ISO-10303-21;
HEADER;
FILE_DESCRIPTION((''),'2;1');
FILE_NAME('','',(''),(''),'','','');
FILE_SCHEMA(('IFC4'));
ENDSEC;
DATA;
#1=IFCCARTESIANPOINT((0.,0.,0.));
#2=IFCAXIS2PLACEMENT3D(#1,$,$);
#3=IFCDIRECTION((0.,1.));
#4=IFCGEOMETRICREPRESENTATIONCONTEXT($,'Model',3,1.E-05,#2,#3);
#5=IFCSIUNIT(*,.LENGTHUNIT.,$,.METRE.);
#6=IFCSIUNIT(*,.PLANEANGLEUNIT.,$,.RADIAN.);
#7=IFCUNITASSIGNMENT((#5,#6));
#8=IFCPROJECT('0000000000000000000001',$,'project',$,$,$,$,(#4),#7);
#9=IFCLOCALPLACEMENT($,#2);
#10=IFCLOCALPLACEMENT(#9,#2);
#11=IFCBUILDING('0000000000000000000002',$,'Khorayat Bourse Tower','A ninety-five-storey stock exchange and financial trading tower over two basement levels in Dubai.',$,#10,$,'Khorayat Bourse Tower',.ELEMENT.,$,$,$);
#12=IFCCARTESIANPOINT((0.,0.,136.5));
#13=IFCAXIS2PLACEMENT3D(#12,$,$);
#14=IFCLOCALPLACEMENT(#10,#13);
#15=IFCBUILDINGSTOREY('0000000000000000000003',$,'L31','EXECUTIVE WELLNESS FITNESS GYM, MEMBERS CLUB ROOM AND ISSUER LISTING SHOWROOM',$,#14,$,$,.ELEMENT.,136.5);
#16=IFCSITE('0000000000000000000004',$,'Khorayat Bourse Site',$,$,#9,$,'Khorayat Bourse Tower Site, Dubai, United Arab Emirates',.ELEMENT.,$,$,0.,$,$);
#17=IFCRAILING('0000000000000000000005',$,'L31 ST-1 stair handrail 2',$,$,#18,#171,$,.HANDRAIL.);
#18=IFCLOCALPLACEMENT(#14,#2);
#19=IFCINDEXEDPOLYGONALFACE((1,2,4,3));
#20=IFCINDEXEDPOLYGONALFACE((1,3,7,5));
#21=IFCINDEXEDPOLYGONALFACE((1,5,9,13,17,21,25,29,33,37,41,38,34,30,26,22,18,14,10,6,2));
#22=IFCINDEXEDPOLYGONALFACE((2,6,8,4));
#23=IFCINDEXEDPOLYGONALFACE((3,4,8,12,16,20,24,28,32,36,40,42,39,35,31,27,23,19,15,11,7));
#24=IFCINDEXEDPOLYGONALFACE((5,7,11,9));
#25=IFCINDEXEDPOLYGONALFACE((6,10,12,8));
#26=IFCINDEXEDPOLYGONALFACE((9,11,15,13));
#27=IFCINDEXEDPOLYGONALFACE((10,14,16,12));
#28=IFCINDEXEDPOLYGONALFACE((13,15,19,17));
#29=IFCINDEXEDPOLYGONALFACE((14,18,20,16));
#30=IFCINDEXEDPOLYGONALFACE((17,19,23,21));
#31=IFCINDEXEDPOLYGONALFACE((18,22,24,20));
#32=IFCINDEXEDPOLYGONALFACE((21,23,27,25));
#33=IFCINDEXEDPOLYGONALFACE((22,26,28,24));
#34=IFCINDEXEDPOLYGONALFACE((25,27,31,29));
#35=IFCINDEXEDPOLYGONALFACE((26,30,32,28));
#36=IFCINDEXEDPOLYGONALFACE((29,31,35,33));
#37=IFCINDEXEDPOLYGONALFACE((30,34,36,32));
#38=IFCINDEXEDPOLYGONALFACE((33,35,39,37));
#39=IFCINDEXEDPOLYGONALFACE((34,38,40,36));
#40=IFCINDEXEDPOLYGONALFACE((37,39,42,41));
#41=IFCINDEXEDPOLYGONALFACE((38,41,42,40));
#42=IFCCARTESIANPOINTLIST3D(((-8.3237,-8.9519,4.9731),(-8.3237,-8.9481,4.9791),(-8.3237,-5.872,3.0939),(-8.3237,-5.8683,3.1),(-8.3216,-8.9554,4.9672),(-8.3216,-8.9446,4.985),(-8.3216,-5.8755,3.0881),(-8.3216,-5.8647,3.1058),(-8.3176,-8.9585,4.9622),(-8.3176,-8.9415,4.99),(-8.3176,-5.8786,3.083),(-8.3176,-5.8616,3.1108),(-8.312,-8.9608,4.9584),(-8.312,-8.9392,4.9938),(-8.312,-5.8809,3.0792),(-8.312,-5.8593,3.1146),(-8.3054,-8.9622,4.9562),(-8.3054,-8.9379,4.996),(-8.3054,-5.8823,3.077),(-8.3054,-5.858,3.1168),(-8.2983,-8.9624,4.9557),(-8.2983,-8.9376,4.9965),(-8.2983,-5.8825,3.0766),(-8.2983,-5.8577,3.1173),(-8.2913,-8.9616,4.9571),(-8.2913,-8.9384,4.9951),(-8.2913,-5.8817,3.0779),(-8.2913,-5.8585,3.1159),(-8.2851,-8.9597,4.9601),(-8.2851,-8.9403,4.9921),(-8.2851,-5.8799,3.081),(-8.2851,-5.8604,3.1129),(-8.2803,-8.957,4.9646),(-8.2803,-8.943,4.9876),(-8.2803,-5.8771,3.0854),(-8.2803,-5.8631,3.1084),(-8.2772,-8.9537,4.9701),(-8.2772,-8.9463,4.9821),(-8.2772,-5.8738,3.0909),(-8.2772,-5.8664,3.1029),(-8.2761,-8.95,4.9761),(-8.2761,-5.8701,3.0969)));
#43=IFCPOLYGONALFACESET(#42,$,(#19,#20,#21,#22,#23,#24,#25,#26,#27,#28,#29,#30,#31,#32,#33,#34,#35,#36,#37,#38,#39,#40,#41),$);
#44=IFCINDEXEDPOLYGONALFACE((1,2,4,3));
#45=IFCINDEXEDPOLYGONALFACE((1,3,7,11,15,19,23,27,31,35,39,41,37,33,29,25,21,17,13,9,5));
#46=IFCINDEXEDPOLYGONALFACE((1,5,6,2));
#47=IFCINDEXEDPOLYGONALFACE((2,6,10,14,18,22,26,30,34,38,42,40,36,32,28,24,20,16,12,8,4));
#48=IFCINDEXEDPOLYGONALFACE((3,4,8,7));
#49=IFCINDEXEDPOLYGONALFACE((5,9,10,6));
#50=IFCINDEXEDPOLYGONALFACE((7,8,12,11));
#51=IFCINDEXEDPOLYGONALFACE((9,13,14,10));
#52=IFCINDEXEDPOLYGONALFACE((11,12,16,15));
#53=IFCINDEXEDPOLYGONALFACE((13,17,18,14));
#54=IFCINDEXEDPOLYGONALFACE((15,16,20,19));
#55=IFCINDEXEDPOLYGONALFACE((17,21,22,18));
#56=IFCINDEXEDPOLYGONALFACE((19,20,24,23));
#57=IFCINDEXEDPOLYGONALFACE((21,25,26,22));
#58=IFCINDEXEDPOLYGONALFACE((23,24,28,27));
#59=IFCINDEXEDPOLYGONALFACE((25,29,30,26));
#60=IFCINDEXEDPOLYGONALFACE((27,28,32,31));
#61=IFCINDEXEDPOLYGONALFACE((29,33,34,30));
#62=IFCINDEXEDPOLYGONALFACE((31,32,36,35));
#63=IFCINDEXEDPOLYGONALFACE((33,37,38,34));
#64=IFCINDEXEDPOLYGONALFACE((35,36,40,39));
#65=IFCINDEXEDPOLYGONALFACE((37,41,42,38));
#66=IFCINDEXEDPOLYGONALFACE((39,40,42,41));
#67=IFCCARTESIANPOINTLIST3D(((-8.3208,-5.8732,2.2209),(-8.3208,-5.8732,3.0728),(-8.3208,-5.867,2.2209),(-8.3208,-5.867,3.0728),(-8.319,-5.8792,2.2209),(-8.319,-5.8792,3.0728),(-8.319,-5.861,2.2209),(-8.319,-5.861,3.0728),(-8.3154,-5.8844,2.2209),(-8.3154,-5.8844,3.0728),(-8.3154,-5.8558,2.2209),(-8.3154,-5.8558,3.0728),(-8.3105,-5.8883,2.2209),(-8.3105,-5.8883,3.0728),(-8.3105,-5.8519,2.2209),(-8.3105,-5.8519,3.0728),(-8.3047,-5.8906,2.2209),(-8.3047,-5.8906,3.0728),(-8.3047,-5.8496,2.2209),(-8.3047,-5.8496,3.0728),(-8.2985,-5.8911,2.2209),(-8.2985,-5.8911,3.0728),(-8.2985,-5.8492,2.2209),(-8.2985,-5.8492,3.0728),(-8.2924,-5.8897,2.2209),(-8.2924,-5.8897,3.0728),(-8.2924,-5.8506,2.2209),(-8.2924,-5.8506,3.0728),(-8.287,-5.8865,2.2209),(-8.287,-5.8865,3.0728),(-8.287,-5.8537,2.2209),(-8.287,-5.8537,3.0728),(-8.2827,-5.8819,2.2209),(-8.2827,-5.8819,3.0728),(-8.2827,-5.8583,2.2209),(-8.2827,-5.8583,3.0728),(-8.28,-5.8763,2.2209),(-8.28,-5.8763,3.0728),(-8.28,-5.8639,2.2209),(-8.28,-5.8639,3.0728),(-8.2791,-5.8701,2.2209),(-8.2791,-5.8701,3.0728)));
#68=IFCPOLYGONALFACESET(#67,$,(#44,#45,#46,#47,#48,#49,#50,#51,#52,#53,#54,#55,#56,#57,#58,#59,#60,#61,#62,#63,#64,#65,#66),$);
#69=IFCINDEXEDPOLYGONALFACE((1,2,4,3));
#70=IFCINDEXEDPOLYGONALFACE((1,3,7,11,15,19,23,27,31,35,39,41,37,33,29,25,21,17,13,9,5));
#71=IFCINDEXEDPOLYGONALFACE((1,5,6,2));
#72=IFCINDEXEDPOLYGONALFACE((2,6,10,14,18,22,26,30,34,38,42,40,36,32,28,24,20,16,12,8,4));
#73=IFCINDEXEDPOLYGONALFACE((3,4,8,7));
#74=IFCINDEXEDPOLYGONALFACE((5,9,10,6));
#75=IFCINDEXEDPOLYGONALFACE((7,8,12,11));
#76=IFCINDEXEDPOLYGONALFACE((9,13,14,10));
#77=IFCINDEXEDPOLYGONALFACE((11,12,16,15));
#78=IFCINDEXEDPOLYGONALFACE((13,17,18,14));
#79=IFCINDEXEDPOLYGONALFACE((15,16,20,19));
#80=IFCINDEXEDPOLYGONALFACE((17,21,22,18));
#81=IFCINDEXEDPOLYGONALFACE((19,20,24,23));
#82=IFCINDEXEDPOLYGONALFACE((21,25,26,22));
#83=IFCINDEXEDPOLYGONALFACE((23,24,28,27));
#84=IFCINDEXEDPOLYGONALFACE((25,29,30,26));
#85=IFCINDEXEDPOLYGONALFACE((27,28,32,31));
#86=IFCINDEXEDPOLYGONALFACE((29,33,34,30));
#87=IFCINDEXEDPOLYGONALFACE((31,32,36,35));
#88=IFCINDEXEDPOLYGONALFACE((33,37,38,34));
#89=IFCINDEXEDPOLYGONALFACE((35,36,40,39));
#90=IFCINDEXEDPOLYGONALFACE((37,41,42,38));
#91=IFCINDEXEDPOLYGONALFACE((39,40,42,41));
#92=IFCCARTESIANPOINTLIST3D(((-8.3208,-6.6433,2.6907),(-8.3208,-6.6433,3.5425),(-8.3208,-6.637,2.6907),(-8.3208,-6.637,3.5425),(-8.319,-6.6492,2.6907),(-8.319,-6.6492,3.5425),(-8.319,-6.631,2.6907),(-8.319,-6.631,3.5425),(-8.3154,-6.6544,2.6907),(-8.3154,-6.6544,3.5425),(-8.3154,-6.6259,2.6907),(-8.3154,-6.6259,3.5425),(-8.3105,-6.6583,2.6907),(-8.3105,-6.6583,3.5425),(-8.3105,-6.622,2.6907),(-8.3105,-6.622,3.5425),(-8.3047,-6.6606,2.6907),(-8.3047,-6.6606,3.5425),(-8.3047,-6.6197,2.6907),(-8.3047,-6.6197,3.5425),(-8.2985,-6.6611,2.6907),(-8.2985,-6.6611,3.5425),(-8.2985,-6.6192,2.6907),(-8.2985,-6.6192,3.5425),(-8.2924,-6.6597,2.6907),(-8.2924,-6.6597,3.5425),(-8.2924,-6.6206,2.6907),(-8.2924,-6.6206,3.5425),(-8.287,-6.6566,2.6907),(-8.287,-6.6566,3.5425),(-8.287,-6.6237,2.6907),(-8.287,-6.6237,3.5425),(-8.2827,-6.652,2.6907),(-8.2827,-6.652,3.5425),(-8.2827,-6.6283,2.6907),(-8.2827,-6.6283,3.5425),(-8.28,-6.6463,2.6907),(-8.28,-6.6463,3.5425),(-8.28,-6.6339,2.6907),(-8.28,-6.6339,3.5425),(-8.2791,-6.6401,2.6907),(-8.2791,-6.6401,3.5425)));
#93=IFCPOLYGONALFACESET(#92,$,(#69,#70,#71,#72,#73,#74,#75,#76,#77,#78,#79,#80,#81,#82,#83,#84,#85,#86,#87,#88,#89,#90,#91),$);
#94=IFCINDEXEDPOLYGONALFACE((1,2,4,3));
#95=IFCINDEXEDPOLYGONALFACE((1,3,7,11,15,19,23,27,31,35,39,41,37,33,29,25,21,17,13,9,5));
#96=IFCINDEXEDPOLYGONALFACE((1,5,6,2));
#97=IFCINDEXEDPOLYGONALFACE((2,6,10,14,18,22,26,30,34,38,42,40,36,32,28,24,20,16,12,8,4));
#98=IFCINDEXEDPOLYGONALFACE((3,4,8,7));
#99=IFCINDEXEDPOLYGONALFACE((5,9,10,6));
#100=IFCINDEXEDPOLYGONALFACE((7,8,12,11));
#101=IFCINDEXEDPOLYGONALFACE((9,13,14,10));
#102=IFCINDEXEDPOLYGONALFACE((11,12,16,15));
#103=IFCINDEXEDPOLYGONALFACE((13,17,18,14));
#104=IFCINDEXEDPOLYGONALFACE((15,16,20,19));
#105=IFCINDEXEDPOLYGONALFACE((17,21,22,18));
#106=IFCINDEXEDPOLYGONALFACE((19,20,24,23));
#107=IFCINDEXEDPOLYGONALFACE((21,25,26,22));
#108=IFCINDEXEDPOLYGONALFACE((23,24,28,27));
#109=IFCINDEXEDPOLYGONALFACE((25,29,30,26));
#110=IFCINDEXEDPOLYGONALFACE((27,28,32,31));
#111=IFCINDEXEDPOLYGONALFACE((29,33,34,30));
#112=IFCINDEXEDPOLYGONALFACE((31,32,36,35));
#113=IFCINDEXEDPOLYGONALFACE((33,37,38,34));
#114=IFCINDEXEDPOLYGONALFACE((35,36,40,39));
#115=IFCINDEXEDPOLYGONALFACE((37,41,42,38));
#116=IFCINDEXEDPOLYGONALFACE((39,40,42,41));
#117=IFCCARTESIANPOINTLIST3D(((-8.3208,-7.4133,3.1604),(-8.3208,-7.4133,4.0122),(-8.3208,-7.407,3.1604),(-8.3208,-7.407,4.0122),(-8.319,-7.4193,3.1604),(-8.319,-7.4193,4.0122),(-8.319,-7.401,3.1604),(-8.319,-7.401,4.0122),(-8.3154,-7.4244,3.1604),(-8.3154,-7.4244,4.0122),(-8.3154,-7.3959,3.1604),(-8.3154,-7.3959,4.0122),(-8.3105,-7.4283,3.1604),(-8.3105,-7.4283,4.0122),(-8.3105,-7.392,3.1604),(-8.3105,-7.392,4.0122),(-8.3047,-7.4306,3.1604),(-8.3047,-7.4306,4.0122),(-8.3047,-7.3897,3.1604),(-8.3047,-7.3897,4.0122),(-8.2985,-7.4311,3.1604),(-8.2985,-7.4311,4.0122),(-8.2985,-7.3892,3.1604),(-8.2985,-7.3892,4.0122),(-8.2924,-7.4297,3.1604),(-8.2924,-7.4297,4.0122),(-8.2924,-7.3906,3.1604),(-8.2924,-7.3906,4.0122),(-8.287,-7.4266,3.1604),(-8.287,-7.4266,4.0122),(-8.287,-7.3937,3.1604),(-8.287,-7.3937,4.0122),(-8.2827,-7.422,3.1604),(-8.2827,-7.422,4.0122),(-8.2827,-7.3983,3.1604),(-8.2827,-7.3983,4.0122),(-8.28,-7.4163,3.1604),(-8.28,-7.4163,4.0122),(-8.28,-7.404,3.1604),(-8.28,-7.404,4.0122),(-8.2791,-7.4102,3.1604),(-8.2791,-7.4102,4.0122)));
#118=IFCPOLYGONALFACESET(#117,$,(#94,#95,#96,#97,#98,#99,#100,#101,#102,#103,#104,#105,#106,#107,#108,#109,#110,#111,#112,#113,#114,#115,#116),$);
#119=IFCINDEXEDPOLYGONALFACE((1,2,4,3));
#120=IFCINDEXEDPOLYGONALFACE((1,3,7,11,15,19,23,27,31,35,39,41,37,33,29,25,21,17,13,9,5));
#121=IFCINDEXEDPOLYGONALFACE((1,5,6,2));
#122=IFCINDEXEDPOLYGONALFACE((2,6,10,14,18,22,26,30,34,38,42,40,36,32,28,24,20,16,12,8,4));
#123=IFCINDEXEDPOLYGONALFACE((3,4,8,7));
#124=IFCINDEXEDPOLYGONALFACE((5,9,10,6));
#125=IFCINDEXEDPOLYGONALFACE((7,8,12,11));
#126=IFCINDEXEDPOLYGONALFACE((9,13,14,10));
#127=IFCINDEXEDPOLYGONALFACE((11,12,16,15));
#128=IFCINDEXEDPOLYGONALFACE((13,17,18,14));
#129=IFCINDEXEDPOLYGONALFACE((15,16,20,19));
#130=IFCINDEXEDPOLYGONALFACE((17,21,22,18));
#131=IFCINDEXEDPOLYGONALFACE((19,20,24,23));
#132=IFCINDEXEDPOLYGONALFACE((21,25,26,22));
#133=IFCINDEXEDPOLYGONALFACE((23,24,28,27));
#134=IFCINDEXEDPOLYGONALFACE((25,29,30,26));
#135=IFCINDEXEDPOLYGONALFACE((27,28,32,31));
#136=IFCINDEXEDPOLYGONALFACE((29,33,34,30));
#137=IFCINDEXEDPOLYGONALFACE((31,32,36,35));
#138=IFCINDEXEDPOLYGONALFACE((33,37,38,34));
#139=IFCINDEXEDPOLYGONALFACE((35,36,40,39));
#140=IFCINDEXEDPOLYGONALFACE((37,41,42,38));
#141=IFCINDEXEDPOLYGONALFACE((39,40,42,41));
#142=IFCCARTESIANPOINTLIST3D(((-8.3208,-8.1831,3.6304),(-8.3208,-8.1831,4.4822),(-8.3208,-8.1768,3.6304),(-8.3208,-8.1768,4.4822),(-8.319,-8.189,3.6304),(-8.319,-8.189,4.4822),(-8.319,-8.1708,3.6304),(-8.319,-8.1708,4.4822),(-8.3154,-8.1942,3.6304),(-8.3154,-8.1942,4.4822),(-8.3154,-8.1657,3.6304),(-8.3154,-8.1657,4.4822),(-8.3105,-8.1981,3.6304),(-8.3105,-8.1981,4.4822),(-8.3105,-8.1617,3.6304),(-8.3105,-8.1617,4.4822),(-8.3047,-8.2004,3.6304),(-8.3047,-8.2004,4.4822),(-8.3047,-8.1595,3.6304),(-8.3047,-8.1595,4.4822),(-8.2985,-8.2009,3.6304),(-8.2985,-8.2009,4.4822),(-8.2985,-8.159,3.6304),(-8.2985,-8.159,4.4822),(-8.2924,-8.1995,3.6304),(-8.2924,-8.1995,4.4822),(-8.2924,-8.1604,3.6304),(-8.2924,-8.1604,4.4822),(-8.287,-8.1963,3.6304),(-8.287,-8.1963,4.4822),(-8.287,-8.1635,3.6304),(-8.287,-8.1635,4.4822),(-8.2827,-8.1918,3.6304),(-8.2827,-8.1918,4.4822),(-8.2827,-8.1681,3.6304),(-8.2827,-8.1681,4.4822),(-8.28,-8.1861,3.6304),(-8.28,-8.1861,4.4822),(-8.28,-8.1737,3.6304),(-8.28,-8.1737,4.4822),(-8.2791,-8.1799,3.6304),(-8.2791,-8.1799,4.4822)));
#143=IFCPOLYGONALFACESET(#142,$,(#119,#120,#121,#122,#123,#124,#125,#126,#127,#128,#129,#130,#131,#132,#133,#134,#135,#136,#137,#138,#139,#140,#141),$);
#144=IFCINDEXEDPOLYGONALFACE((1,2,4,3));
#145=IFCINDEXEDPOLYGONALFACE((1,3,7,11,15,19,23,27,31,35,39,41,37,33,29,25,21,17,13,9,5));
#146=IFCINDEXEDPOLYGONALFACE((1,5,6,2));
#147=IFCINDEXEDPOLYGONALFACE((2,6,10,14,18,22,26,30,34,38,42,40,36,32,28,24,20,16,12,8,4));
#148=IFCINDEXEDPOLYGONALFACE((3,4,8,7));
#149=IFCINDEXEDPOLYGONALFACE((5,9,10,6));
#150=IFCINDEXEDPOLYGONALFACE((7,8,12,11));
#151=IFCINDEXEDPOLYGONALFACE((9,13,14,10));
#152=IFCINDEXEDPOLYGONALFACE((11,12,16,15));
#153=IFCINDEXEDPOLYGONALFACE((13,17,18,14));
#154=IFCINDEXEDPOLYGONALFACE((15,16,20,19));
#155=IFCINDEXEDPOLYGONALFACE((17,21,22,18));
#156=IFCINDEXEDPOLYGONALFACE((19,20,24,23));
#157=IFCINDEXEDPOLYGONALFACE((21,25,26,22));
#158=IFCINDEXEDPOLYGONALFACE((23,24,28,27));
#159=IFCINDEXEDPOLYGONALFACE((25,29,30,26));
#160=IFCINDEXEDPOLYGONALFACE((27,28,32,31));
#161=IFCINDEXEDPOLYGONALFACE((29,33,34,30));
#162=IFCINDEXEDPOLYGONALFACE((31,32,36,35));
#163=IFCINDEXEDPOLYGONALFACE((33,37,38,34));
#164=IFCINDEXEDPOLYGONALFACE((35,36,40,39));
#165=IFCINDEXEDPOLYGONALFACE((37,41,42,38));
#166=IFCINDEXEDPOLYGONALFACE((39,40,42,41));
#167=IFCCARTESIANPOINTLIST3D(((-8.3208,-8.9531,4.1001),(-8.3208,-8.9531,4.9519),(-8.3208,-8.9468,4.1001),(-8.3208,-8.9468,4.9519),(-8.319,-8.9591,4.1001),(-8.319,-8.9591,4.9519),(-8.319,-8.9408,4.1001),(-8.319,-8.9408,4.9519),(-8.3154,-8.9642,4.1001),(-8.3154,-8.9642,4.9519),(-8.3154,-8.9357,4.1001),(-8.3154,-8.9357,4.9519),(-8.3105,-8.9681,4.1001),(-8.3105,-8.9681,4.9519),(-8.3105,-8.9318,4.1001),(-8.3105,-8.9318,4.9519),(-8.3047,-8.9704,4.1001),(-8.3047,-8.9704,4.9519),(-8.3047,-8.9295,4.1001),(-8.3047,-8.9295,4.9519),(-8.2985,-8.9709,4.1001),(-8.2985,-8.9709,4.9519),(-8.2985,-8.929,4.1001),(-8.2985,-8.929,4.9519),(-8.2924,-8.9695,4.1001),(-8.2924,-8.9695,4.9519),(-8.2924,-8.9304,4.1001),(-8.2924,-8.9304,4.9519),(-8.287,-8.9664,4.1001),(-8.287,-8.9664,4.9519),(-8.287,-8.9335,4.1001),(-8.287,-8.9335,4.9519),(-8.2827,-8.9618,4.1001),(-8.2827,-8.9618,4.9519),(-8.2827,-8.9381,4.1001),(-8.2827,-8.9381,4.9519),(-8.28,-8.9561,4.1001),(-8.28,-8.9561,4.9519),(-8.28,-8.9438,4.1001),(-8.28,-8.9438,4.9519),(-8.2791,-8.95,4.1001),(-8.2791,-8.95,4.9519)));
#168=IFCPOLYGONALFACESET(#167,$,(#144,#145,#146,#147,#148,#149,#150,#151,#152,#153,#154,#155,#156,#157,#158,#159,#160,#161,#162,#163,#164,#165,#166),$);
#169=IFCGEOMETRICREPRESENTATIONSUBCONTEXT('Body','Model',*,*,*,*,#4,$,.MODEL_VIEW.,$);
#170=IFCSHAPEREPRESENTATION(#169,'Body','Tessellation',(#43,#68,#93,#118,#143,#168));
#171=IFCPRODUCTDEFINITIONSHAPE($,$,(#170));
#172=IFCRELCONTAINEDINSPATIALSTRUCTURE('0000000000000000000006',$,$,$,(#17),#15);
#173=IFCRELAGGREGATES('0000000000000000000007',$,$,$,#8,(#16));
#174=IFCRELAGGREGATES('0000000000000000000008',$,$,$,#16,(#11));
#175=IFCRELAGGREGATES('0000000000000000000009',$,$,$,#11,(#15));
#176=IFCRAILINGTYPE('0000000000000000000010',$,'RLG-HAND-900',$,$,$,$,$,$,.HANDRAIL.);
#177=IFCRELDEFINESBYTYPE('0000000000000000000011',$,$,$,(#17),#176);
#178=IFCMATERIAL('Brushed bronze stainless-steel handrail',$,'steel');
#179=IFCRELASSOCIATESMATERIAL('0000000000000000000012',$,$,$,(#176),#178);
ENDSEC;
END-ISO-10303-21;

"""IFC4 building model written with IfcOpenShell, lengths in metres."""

from ifc_helpers import new_model, si_unit, direction, frame, origin, origin_2d, place, context, subcontext, project, spatial, circle, extrude, source, transform, mapped, material, type_object, element, save


model = new_model("IFC4")

# Units and contexts
model_context = context("Model", 3, precision=1e-05, world=origin(), true_north=direction((0.0, 1.0)))
body_context = subcontext(model_context, "Body", "Model", "MODEL_VIEW")
ifc_project = project(units=[si_unit("LENGTHUNIT", "METRE"), si_unit("PLANEANGLEUNIT", "RADIAN")], contexts=[model_context])

# Site, building, storey
site_placement = place(None, origin())
site = spatial("IfcSite", under=ifc_project, at=site_placement, Name="Khorayat Bourse Site", LongName="Khorayat Bourse Tower Site, Dubai, United Arab Emirates", CompositionType="ELEMENT", RefElevation=0.0)
building_placement = place(site_placement, origin())
building = spatial("IfcBuilding", under=site, at=building_placement, Name="Khorayat Bourse Tower", Description="A ninety-five-storey stock exchange and financial trading tower over two basement levels in Dubai.", LongName="Khorayat Bourse Tower", CompositionType="ELEMENT")
storey_placement = place(building_placement, frame((0.0, 0.0, 136.5)))
storey = spatial("IfcBuildingStorey", under=building, at=storey_placement, Name="L31", Description="EXECUTIVE WELLNESS FITNESS GYM, MEMBERS CLUB ROOM AND ISSUER LISTING SHOWROOM", CompositionType="ELEMENT", Elevation=136.5)

# Railing
ifc_material_1 = material(Name="Brushed bronze stainless-steel handrail", Category="steel")
railing_type_1 = type_object("IfcRailingType", Name="RLG-HAND-900", PredefinedType="HANDRAIL", material=ifc_material_1)
shared_shape_1 = source(origin(), body_context, "Body", "SweptSolid", [
    extrude(circle(Radius=0.0239, at=origin_2d()), frame((0.0, 0.0, 0.876), z_axis=(0.0, -0.853648, 0.52085), x_axis=(1.0, 0.0, 0.0)), (0.0, 0.0, 1.0), 3.6079),
    extrude(circle(Radius=0.021, at=origin_2d()), origin(), (0.0, 0.0, 1.0), 0.8518),
    extrude(circle(Radius=0.021, at=origin_2d()), frame((0.0, -0.77, 0.4697)), (0.0, 0.0, 1.0), 0.8518),
    extrude(circle(Radius=0.021, at=origin_2d()), frame((0.0, -1.54, 0.9395)), (0.0, 0.0, 1.0), 0.8518),
    extrude(circle(Radius=0.021, at=origin_2d()), frame((0.0, -2.3098, 1.4094)), (0.0, 0.0, 1.0), 0.8518),
    extrude(circle(Radius=0.021, at=origin_2d()), frame((0.0, -3.0798, 1.8792)), (0.0, 0.0, 1.0), 0.8518),
])
railing_1_placement = place(storey_placement, frame((-8.3, -5.8701, 2.2209)))
element("IfcRailing", 1, at=railing_1_placement, inside=storey, type_object=railing_type_1, Name="L31 ST-1 stair handrail 2", PredefinedType="HANDRAIL", context=body_context, shape_type="MappedRepresentation", body=[
    mapped(shared_shape_1, transform((0.0, 0.0, 0.0), scale=1.0)),
])

save(model, "model.ifc")
